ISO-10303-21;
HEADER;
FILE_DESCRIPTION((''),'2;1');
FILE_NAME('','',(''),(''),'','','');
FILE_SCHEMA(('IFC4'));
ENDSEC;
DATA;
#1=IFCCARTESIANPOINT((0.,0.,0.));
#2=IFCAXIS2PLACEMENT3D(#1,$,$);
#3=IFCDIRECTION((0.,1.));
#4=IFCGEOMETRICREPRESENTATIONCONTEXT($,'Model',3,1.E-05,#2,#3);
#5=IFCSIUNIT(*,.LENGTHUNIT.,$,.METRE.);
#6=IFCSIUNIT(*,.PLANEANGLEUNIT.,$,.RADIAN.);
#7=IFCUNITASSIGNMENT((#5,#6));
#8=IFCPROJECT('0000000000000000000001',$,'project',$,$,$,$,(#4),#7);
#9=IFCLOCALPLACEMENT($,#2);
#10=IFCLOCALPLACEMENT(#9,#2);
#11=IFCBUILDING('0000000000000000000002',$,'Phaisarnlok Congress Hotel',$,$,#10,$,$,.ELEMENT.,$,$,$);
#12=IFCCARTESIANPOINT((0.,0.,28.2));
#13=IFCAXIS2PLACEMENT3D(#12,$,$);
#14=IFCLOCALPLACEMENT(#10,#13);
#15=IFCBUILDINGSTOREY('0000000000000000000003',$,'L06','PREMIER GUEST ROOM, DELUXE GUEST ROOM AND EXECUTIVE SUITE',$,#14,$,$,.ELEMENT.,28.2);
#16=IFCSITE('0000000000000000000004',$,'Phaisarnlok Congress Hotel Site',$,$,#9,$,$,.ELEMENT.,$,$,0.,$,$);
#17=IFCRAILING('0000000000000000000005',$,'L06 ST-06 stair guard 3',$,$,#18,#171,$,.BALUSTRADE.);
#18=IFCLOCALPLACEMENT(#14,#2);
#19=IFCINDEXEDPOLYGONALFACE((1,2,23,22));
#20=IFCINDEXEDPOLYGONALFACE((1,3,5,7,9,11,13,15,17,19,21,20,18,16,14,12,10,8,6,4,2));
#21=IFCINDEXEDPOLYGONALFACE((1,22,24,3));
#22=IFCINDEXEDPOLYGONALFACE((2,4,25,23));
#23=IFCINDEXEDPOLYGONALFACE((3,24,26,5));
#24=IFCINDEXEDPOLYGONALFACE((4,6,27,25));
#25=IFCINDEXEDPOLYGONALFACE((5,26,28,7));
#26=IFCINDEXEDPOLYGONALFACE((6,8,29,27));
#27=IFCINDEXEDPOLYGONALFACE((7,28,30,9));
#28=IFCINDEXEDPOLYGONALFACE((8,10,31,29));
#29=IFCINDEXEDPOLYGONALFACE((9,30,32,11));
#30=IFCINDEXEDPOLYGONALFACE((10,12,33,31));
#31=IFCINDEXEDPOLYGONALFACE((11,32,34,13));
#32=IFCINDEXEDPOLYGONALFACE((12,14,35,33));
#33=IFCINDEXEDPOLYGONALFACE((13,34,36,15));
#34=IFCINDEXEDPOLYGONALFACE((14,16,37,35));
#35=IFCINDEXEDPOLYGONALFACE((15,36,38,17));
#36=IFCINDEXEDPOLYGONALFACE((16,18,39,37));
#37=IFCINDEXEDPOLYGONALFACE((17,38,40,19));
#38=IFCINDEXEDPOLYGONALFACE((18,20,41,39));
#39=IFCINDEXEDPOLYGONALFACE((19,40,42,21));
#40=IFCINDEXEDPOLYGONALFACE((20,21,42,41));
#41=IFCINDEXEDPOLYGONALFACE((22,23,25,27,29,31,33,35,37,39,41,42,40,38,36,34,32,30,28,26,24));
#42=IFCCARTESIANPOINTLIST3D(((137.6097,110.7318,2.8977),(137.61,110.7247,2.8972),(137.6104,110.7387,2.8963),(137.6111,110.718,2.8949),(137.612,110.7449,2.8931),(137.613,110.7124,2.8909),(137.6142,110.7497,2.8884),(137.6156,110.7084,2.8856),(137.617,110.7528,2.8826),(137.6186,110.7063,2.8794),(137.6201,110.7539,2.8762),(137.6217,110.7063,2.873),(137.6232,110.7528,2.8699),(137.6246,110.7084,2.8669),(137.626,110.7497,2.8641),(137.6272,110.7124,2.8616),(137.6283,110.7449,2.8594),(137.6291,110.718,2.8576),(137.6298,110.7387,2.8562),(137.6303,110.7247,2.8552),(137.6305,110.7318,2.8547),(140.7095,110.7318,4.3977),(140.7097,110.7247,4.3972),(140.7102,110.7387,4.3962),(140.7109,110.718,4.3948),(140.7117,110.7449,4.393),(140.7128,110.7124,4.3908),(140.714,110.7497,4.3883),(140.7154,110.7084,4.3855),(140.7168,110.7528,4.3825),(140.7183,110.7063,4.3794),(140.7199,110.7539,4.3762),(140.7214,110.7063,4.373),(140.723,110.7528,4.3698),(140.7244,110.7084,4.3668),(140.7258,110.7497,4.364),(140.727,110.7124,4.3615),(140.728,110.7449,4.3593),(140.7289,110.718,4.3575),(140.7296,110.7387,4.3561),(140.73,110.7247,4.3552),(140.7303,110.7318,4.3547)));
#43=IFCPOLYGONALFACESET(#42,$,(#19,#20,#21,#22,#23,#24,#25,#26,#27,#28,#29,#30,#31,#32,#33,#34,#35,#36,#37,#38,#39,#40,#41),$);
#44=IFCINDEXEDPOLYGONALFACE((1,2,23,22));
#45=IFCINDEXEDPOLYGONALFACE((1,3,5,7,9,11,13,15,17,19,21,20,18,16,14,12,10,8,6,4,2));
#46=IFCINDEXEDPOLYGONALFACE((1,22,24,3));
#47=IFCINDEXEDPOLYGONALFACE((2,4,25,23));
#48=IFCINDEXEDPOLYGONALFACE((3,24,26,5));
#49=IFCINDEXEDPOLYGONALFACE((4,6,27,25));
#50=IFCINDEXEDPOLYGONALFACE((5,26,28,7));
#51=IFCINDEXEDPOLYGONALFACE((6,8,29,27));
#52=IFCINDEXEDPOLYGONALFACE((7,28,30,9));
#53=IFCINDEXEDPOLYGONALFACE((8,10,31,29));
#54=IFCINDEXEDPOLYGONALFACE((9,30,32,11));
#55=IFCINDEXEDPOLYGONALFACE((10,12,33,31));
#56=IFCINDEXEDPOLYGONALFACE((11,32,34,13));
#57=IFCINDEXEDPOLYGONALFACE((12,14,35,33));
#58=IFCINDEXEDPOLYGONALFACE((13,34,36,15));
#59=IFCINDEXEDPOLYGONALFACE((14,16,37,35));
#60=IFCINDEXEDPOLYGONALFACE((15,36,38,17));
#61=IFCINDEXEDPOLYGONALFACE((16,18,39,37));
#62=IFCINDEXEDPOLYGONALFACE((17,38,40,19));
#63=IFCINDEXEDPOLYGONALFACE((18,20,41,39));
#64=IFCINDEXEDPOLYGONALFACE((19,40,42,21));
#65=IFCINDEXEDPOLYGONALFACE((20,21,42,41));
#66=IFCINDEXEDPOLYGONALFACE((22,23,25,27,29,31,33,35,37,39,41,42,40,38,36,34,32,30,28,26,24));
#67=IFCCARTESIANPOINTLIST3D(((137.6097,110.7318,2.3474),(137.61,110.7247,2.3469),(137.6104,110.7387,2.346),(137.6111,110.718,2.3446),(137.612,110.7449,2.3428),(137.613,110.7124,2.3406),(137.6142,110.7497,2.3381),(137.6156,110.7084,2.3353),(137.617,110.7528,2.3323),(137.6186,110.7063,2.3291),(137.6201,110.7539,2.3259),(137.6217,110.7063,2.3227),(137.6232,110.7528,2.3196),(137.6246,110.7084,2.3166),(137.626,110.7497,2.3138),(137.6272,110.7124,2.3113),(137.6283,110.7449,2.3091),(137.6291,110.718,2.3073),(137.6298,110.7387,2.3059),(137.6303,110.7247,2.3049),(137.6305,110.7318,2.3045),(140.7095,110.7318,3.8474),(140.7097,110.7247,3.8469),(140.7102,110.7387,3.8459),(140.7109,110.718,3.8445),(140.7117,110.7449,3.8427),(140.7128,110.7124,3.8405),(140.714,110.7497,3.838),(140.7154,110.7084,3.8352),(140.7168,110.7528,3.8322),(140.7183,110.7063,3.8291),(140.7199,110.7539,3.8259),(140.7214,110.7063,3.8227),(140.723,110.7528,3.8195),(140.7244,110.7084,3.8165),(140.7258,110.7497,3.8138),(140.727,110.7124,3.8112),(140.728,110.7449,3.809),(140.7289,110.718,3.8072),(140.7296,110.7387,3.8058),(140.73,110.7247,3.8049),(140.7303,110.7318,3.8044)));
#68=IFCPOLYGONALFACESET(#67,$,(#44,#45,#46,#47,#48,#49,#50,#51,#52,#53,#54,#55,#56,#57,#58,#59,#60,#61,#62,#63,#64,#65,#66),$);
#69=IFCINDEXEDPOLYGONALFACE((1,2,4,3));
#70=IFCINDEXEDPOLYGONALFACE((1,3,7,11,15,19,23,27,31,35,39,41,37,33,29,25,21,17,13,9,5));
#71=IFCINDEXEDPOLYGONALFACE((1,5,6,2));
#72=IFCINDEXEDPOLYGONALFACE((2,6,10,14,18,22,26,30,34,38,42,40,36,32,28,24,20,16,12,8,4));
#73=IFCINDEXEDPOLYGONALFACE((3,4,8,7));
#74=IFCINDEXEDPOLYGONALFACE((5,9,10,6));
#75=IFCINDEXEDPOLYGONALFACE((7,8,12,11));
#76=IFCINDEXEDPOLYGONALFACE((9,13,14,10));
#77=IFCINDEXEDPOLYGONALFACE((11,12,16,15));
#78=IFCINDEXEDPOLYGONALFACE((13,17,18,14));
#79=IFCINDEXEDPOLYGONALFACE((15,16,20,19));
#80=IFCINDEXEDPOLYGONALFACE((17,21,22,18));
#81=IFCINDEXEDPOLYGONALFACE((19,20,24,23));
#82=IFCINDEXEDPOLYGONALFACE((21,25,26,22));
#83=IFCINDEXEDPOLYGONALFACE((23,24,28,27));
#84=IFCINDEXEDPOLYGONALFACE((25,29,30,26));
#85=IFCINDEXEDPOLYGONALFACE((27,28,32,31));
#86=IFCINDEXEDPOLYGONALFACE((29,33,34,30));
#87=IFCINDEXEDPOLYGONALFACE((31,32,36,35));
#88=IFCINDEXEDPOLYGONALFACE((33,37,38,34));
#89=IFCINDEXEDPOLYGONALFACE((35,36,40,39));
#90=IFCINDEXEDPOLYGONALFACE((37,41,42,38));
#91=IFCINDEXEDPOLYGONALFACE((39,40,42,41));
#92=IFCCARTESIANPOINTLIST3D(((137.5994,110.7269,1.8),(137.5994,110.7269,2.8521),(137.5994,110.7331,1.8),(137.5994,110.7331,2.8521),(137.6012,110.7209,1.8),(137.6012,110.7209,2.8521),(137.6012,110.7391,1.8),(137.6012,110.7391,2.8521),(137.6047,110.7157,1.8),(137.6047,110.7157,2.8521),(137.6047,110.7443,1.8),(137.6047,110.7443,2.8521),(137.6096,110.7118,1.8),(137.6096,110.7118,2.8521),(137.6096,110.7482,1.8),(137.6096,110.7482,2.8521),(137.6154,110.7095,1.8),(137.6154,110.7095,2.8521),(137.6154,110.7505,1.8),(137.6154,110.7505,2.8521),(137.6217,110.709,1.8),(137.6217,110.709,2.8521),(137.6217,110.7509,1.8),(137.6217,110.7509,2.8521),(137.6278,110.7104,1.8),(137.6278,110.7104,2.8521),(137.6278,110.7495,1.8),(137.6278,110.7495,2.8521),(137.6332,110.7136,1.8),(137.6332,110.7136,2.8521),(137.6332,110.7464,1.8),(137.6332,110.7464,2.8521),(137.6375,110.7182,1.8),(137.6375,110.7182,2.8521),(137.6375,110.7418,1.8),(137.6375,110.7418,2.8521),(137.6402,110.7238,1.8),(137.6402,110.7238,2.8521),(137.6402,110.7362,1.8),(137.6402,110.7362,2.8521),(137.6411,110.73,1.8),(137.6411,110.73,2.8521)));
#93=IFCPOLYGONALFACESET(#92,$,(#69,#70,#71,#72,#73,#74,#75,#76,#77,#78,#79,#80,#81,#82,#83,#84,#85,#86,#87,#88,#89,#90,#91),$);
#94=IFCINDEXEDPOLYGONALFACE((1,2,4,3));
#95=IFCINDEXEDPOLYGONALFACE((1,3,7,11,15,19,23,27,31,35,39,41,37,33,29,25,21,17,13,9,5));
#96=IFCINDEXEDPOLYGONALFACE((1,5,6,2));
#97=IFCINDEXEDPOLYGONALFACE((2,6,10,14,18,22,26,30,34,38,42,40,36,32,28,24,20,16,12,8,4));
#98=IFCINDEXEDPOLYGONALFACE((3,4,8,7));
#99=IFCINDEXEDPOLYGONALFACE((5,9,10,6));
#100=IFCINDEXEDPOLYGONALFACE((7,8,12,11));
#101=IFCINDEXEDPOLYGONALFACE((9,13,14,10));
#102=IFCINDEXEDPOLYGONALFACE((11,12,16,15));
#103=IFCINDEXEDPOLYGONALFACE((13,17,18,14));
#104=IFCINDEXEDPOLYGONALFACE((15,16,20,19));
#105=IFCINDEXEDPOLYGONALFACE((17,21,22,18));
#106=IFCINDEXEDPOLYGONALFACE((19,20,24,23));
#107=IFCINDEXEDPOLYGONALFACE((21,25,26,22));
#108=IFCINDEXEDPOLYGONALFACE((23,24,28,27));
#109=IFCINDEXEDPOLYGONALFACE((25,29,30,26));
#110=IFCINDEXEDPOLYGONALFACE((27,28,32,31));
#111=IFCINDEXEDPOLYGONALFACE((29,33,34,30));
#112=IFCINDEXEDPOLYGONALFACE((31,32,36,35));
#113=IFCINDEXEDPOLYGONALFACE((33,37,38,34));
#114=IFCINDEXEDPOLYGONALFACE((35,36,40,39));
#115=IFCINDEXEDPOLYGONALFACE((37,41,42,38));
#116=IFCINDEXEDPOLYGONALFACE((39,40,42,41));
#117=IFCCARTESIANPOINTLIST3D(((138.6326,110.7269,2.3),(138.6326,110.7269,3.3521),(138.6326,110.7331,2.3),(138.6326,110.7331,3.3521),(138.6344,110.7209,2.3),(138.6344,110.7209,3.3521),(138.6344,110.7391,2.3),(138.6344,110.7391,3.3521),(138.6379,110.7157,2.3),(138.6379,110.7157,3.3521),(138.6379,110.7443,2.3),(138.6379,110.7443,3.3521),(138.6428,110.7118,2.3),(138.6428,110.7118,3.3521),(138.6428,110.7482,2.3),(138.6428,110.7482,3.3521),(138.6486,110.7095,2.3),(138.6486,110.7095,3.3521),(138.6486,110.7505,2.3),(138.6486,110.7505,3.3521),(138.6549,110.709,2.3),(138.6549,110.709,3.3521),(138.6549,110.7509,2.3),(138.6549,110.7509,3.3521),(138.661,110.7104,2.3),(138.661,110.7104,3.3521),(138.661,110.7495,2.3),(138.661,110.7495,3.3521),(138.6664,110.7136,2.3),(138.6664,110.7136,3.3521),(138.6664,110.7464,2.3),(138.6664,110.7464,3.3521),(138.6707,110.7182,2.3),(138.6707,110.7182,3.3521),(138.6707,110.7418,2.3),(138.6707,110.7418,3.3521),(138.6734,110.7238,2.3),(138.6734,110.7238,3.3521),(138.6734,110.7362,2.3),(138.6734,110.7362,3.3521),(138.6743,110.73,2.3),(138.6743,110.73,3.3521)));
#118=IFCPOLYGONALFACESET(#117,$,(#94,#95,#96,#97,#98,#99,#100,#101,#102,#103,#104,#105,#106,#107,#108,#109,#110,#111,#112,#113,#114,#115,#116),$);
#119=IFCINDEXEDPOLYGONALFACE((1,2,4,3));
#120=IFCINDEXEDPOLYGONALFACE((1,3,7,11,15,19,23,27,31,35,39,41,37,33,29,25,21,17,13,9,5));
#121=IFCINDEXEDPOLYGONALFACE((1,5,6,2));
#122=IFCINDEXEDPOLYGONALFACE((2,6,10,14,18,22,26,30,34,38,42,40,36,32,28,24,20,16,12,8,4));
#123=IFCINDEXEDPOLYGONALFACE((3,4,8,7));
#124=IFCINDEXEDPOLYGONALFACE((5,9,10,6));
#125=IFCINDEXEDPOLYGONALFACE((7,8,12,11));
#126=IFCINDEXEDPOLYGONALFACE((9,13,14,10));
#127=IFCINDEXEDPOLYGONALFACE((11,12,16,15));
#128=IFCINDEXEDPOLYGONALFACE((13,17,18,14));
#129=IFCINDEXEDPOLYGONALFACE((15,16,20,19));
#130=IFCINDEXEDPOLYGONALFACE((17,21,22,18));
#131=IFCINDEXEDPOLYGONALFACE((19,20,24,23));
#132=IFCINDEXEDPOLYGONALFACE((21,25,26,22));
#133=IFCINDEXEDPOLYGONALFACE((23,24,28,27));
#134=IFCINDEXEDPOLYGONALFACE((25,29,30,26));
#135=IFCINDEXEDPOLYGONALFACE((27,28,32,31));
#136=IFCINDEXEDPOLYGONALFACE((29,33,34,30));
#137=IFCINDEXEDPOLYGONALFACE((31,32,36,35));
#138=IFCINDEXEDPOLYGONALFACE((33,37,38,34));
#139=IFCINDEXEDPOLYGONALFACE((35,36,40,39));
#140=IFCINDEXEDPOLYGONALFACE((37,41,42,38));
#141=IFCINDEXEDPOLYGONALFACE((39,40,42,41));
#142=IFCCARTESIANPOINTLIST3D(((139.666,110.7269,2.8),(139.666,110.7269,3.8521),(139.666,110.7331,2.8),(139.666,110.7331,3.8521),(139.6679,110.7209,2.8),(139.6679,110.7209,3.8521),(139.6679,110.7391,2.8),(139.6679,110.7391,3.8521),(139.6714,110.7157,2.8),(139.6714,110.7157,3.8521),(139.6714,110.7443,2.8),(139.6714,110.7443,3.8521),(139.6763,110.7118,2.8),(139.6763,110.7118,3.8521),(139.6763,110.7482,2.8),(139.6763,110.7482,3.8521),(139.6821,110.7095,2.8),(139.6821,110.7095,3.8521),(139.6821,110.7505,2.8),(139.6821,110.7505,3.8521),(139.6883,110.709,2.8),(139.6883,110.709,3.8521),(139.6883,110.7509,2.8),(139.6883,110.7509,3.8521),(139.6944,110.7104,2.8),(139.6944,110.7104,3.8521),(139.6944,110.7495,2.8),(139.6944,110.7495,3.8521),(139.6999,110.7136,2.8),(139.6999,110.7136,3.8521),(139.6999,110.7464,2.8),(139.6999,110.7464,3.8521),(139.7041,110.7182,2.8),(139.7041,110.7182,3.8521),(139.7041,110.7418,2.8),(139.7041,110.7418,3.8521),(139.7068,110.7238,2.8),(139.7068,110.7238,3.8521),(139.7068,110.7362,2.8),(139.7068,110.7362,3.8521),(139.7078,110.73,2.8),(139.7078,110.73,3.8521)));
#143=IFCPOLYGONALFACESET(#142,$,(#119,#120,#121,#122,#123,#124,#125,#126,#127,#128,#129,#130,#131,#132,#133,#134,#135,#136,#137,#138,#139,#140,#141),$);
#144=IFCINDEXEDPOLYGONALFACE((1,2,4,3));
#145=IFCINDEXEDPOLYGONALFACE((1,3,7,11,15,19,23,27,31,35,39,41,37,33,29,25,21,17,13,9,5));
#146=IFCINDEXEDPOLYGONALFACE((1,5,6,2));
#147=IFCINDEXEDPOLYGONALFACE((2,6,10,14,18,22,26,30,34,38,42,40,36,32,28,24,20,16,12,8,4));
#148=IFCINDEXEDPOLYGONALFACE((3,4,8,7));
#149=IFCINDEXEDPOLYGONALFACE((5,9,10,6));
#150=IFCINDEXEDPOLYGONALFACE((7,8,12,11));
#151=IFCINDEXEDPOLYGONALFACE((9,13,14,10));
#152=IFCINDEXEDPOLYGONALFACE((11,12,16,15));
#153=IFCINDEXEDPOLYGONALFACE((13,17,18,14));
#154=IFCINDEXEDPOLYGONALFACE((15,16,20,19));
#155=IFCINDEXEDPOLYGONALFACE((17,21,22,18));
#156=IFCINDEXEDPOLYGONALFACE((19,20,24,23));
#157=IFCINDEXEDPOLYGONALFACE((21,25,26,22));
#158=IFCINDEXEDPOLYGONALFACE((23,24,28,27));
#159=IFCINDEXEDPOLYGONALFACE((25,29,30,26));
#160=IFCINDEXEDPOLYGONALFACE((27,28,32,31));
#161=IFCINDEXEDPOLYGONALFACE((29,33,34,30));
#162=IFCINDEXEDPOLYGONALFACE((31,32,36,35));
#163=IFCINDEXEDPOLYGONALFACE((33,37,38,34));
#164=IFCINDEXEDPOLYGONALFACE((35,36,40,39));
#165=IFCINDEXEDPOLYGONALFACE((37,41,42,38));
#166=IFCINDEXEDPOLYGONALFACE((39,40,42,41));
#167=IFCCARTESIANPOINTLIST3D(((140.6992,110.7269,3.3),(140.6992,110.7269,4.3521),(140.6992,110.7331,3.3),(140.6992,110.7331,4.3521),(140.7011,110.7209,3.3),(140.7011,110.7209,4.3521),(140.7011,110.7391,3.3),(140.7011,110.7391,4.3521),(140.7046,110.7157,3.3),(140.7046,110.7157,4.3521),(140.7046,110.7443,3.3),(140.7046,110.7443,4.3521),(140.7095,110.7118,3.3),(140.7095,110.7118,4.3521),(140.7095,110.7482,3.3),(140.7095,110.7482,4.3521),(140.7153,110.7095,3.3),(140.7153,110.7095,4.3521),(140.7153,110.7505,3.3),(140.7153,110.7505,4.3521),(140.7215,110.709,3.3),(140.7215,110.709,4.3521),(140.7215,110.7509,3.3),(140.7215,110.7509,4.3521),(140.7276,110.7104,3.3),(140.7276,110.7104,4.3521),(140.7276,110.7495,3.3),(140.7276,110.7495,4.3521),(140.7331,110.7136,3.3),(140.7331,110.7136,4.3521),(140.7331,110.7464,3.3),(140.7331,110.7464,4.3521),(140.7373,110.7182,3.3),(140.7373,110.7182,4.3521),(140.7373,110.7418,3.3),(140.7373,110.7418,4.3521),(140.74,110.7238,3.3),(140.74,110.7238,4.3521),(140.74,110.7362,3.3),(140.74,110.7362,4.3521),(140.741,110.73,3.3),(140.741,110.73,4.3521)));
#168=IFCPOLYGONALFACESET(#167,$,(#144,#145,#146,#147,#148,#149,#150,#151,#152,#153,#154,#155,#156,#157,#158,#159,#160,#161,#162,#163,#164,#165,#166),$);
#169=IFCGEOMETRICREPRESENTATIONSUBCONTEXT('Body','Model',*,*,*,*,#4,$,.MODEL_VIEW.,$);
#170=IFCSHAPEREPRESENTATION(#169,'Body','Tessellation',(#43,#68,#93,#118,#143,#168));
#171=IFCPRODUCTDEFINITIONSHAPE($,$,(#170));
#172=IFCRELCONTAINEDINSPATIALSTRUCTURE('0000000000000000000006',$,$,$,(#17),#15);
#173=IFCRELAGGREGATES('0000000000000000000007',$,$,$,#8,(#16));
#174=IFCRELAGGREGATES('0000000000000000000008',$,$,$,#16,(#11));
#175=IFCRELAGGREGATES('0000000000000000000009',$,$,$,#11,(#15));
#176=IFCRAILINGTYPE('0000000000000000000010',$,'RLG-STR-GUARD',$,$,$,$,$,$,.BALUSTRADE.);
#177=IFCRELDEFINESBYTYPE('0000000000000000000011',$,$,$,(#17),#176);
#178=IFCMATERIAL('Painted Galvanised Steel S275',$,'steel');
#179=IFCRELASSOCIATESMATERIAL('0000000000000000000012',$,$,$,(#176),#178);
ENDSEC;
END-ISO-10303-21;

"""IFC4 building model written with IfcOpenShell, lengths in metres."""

from ifc_helpers import new_model, si_unit, direction, frame, origin, origin_2d, place, context, subcontext, project, spatial, circle, extrude, material, type_object, element, save


model = new_model("IFC4")

# Units and contexts
model_context = context("Model", 3, precision=1e-05, world=origin(), true_north=direction((0.0, 1.0)))
body_context = subcontext(model_context, "Body", "Model", "MODEL_VIEW")
ifc_project = project(units=[si_unit("LENGTHUNIT", "METRE"), si_unit("PLANEANGLEUNIT", "RADIAN")], contexts=[model_context])

# Site, building, storey
site_placement = place(None, origin())
site = spatial("IfcSite", under=ifc_project, at=site_placement, Name="Phaisarnlok Congress Hotel Site", CompositionType="ELEMENT", RefElevation=0.0)
building_placement = place(site_placement, origin())
building = spatial("IfcBuilding", under=site, at=building_placement, Name="Phaisarnlok Congress Hotel", CompositionType="ELEMENT")
storey_placement = place(building_placement, frame((0.0, 0.0, 28.2)))
storey = spatial("IfcBuildingStorey", under=building, at=storey_placement, Name="L06", Description="PREMIER GUEST ROOM, DELUXE GUEST ROOM AND EXECUTIVE SUITE", CompositionType="ELEMENT", Elevation=28.2)

# Railing
ifc_material_1 = material(Name="Painted Galvanised Steel S275", Category="steel")
railing_type_1 = type_object("IfcRailingType", Name="RLG-STR-GUARD", PredefinedType="BALUSTRADE", material=ifc_material_1)
railing_1_placement = place(storey_placement, frame((137.6201, 110.73, 1.8)))
element("IfcRailing", 1, at=railing_1_placement, inside=storey, type_object=railing_type_1, Name="L06 ST-06 stair guard 3", PredefinedType="BALUSTRADE", context=body_context, shape_type="SweptSolid", body=[
    extrude(circle(Radius=0.0239, at=origin_2d()), frame((0.0, 0.0, 1.0762), z_axis=(0.900151, 0.0, 0.435578), x_axis=(0.0, 1.0, 0.0)), (0.0, 0.0, 1.0), 3.4436),
    extrude(circle(Radius=0.0239, at=origin_2d()), frame((0.0, 0.0, 0.5259), z_axis=(0.900151, 0.0, 0.435578), x_axis=(0.0, 1.0, 0.0)), (0.0, 0.0, 1.0), 3.4436),
    extrude(circle(Radius=0.021, at=origin_2d()), origin(), (0.0, 0.0, 1.0), 1.052),
    extrude(circle(Radius=0.021, at=origin_2d()), frame((1.0332, 0.0, 0.5)), (0.0, 0.0, 1.0), 1.052),
    extrude(circle(Radius=0.021, at=origin_2d()), frame((2.0667, 0.0, 1.0)), (0.0, 0.0, 1.0), 1.052),
    extrude(circle(Radius=0.021, at=origin_2d()), frame((3.0999, 0.0, 1.5)), (0.0, 0.0, 1.0), 1.052),
])

save(model, "model.ifc")
